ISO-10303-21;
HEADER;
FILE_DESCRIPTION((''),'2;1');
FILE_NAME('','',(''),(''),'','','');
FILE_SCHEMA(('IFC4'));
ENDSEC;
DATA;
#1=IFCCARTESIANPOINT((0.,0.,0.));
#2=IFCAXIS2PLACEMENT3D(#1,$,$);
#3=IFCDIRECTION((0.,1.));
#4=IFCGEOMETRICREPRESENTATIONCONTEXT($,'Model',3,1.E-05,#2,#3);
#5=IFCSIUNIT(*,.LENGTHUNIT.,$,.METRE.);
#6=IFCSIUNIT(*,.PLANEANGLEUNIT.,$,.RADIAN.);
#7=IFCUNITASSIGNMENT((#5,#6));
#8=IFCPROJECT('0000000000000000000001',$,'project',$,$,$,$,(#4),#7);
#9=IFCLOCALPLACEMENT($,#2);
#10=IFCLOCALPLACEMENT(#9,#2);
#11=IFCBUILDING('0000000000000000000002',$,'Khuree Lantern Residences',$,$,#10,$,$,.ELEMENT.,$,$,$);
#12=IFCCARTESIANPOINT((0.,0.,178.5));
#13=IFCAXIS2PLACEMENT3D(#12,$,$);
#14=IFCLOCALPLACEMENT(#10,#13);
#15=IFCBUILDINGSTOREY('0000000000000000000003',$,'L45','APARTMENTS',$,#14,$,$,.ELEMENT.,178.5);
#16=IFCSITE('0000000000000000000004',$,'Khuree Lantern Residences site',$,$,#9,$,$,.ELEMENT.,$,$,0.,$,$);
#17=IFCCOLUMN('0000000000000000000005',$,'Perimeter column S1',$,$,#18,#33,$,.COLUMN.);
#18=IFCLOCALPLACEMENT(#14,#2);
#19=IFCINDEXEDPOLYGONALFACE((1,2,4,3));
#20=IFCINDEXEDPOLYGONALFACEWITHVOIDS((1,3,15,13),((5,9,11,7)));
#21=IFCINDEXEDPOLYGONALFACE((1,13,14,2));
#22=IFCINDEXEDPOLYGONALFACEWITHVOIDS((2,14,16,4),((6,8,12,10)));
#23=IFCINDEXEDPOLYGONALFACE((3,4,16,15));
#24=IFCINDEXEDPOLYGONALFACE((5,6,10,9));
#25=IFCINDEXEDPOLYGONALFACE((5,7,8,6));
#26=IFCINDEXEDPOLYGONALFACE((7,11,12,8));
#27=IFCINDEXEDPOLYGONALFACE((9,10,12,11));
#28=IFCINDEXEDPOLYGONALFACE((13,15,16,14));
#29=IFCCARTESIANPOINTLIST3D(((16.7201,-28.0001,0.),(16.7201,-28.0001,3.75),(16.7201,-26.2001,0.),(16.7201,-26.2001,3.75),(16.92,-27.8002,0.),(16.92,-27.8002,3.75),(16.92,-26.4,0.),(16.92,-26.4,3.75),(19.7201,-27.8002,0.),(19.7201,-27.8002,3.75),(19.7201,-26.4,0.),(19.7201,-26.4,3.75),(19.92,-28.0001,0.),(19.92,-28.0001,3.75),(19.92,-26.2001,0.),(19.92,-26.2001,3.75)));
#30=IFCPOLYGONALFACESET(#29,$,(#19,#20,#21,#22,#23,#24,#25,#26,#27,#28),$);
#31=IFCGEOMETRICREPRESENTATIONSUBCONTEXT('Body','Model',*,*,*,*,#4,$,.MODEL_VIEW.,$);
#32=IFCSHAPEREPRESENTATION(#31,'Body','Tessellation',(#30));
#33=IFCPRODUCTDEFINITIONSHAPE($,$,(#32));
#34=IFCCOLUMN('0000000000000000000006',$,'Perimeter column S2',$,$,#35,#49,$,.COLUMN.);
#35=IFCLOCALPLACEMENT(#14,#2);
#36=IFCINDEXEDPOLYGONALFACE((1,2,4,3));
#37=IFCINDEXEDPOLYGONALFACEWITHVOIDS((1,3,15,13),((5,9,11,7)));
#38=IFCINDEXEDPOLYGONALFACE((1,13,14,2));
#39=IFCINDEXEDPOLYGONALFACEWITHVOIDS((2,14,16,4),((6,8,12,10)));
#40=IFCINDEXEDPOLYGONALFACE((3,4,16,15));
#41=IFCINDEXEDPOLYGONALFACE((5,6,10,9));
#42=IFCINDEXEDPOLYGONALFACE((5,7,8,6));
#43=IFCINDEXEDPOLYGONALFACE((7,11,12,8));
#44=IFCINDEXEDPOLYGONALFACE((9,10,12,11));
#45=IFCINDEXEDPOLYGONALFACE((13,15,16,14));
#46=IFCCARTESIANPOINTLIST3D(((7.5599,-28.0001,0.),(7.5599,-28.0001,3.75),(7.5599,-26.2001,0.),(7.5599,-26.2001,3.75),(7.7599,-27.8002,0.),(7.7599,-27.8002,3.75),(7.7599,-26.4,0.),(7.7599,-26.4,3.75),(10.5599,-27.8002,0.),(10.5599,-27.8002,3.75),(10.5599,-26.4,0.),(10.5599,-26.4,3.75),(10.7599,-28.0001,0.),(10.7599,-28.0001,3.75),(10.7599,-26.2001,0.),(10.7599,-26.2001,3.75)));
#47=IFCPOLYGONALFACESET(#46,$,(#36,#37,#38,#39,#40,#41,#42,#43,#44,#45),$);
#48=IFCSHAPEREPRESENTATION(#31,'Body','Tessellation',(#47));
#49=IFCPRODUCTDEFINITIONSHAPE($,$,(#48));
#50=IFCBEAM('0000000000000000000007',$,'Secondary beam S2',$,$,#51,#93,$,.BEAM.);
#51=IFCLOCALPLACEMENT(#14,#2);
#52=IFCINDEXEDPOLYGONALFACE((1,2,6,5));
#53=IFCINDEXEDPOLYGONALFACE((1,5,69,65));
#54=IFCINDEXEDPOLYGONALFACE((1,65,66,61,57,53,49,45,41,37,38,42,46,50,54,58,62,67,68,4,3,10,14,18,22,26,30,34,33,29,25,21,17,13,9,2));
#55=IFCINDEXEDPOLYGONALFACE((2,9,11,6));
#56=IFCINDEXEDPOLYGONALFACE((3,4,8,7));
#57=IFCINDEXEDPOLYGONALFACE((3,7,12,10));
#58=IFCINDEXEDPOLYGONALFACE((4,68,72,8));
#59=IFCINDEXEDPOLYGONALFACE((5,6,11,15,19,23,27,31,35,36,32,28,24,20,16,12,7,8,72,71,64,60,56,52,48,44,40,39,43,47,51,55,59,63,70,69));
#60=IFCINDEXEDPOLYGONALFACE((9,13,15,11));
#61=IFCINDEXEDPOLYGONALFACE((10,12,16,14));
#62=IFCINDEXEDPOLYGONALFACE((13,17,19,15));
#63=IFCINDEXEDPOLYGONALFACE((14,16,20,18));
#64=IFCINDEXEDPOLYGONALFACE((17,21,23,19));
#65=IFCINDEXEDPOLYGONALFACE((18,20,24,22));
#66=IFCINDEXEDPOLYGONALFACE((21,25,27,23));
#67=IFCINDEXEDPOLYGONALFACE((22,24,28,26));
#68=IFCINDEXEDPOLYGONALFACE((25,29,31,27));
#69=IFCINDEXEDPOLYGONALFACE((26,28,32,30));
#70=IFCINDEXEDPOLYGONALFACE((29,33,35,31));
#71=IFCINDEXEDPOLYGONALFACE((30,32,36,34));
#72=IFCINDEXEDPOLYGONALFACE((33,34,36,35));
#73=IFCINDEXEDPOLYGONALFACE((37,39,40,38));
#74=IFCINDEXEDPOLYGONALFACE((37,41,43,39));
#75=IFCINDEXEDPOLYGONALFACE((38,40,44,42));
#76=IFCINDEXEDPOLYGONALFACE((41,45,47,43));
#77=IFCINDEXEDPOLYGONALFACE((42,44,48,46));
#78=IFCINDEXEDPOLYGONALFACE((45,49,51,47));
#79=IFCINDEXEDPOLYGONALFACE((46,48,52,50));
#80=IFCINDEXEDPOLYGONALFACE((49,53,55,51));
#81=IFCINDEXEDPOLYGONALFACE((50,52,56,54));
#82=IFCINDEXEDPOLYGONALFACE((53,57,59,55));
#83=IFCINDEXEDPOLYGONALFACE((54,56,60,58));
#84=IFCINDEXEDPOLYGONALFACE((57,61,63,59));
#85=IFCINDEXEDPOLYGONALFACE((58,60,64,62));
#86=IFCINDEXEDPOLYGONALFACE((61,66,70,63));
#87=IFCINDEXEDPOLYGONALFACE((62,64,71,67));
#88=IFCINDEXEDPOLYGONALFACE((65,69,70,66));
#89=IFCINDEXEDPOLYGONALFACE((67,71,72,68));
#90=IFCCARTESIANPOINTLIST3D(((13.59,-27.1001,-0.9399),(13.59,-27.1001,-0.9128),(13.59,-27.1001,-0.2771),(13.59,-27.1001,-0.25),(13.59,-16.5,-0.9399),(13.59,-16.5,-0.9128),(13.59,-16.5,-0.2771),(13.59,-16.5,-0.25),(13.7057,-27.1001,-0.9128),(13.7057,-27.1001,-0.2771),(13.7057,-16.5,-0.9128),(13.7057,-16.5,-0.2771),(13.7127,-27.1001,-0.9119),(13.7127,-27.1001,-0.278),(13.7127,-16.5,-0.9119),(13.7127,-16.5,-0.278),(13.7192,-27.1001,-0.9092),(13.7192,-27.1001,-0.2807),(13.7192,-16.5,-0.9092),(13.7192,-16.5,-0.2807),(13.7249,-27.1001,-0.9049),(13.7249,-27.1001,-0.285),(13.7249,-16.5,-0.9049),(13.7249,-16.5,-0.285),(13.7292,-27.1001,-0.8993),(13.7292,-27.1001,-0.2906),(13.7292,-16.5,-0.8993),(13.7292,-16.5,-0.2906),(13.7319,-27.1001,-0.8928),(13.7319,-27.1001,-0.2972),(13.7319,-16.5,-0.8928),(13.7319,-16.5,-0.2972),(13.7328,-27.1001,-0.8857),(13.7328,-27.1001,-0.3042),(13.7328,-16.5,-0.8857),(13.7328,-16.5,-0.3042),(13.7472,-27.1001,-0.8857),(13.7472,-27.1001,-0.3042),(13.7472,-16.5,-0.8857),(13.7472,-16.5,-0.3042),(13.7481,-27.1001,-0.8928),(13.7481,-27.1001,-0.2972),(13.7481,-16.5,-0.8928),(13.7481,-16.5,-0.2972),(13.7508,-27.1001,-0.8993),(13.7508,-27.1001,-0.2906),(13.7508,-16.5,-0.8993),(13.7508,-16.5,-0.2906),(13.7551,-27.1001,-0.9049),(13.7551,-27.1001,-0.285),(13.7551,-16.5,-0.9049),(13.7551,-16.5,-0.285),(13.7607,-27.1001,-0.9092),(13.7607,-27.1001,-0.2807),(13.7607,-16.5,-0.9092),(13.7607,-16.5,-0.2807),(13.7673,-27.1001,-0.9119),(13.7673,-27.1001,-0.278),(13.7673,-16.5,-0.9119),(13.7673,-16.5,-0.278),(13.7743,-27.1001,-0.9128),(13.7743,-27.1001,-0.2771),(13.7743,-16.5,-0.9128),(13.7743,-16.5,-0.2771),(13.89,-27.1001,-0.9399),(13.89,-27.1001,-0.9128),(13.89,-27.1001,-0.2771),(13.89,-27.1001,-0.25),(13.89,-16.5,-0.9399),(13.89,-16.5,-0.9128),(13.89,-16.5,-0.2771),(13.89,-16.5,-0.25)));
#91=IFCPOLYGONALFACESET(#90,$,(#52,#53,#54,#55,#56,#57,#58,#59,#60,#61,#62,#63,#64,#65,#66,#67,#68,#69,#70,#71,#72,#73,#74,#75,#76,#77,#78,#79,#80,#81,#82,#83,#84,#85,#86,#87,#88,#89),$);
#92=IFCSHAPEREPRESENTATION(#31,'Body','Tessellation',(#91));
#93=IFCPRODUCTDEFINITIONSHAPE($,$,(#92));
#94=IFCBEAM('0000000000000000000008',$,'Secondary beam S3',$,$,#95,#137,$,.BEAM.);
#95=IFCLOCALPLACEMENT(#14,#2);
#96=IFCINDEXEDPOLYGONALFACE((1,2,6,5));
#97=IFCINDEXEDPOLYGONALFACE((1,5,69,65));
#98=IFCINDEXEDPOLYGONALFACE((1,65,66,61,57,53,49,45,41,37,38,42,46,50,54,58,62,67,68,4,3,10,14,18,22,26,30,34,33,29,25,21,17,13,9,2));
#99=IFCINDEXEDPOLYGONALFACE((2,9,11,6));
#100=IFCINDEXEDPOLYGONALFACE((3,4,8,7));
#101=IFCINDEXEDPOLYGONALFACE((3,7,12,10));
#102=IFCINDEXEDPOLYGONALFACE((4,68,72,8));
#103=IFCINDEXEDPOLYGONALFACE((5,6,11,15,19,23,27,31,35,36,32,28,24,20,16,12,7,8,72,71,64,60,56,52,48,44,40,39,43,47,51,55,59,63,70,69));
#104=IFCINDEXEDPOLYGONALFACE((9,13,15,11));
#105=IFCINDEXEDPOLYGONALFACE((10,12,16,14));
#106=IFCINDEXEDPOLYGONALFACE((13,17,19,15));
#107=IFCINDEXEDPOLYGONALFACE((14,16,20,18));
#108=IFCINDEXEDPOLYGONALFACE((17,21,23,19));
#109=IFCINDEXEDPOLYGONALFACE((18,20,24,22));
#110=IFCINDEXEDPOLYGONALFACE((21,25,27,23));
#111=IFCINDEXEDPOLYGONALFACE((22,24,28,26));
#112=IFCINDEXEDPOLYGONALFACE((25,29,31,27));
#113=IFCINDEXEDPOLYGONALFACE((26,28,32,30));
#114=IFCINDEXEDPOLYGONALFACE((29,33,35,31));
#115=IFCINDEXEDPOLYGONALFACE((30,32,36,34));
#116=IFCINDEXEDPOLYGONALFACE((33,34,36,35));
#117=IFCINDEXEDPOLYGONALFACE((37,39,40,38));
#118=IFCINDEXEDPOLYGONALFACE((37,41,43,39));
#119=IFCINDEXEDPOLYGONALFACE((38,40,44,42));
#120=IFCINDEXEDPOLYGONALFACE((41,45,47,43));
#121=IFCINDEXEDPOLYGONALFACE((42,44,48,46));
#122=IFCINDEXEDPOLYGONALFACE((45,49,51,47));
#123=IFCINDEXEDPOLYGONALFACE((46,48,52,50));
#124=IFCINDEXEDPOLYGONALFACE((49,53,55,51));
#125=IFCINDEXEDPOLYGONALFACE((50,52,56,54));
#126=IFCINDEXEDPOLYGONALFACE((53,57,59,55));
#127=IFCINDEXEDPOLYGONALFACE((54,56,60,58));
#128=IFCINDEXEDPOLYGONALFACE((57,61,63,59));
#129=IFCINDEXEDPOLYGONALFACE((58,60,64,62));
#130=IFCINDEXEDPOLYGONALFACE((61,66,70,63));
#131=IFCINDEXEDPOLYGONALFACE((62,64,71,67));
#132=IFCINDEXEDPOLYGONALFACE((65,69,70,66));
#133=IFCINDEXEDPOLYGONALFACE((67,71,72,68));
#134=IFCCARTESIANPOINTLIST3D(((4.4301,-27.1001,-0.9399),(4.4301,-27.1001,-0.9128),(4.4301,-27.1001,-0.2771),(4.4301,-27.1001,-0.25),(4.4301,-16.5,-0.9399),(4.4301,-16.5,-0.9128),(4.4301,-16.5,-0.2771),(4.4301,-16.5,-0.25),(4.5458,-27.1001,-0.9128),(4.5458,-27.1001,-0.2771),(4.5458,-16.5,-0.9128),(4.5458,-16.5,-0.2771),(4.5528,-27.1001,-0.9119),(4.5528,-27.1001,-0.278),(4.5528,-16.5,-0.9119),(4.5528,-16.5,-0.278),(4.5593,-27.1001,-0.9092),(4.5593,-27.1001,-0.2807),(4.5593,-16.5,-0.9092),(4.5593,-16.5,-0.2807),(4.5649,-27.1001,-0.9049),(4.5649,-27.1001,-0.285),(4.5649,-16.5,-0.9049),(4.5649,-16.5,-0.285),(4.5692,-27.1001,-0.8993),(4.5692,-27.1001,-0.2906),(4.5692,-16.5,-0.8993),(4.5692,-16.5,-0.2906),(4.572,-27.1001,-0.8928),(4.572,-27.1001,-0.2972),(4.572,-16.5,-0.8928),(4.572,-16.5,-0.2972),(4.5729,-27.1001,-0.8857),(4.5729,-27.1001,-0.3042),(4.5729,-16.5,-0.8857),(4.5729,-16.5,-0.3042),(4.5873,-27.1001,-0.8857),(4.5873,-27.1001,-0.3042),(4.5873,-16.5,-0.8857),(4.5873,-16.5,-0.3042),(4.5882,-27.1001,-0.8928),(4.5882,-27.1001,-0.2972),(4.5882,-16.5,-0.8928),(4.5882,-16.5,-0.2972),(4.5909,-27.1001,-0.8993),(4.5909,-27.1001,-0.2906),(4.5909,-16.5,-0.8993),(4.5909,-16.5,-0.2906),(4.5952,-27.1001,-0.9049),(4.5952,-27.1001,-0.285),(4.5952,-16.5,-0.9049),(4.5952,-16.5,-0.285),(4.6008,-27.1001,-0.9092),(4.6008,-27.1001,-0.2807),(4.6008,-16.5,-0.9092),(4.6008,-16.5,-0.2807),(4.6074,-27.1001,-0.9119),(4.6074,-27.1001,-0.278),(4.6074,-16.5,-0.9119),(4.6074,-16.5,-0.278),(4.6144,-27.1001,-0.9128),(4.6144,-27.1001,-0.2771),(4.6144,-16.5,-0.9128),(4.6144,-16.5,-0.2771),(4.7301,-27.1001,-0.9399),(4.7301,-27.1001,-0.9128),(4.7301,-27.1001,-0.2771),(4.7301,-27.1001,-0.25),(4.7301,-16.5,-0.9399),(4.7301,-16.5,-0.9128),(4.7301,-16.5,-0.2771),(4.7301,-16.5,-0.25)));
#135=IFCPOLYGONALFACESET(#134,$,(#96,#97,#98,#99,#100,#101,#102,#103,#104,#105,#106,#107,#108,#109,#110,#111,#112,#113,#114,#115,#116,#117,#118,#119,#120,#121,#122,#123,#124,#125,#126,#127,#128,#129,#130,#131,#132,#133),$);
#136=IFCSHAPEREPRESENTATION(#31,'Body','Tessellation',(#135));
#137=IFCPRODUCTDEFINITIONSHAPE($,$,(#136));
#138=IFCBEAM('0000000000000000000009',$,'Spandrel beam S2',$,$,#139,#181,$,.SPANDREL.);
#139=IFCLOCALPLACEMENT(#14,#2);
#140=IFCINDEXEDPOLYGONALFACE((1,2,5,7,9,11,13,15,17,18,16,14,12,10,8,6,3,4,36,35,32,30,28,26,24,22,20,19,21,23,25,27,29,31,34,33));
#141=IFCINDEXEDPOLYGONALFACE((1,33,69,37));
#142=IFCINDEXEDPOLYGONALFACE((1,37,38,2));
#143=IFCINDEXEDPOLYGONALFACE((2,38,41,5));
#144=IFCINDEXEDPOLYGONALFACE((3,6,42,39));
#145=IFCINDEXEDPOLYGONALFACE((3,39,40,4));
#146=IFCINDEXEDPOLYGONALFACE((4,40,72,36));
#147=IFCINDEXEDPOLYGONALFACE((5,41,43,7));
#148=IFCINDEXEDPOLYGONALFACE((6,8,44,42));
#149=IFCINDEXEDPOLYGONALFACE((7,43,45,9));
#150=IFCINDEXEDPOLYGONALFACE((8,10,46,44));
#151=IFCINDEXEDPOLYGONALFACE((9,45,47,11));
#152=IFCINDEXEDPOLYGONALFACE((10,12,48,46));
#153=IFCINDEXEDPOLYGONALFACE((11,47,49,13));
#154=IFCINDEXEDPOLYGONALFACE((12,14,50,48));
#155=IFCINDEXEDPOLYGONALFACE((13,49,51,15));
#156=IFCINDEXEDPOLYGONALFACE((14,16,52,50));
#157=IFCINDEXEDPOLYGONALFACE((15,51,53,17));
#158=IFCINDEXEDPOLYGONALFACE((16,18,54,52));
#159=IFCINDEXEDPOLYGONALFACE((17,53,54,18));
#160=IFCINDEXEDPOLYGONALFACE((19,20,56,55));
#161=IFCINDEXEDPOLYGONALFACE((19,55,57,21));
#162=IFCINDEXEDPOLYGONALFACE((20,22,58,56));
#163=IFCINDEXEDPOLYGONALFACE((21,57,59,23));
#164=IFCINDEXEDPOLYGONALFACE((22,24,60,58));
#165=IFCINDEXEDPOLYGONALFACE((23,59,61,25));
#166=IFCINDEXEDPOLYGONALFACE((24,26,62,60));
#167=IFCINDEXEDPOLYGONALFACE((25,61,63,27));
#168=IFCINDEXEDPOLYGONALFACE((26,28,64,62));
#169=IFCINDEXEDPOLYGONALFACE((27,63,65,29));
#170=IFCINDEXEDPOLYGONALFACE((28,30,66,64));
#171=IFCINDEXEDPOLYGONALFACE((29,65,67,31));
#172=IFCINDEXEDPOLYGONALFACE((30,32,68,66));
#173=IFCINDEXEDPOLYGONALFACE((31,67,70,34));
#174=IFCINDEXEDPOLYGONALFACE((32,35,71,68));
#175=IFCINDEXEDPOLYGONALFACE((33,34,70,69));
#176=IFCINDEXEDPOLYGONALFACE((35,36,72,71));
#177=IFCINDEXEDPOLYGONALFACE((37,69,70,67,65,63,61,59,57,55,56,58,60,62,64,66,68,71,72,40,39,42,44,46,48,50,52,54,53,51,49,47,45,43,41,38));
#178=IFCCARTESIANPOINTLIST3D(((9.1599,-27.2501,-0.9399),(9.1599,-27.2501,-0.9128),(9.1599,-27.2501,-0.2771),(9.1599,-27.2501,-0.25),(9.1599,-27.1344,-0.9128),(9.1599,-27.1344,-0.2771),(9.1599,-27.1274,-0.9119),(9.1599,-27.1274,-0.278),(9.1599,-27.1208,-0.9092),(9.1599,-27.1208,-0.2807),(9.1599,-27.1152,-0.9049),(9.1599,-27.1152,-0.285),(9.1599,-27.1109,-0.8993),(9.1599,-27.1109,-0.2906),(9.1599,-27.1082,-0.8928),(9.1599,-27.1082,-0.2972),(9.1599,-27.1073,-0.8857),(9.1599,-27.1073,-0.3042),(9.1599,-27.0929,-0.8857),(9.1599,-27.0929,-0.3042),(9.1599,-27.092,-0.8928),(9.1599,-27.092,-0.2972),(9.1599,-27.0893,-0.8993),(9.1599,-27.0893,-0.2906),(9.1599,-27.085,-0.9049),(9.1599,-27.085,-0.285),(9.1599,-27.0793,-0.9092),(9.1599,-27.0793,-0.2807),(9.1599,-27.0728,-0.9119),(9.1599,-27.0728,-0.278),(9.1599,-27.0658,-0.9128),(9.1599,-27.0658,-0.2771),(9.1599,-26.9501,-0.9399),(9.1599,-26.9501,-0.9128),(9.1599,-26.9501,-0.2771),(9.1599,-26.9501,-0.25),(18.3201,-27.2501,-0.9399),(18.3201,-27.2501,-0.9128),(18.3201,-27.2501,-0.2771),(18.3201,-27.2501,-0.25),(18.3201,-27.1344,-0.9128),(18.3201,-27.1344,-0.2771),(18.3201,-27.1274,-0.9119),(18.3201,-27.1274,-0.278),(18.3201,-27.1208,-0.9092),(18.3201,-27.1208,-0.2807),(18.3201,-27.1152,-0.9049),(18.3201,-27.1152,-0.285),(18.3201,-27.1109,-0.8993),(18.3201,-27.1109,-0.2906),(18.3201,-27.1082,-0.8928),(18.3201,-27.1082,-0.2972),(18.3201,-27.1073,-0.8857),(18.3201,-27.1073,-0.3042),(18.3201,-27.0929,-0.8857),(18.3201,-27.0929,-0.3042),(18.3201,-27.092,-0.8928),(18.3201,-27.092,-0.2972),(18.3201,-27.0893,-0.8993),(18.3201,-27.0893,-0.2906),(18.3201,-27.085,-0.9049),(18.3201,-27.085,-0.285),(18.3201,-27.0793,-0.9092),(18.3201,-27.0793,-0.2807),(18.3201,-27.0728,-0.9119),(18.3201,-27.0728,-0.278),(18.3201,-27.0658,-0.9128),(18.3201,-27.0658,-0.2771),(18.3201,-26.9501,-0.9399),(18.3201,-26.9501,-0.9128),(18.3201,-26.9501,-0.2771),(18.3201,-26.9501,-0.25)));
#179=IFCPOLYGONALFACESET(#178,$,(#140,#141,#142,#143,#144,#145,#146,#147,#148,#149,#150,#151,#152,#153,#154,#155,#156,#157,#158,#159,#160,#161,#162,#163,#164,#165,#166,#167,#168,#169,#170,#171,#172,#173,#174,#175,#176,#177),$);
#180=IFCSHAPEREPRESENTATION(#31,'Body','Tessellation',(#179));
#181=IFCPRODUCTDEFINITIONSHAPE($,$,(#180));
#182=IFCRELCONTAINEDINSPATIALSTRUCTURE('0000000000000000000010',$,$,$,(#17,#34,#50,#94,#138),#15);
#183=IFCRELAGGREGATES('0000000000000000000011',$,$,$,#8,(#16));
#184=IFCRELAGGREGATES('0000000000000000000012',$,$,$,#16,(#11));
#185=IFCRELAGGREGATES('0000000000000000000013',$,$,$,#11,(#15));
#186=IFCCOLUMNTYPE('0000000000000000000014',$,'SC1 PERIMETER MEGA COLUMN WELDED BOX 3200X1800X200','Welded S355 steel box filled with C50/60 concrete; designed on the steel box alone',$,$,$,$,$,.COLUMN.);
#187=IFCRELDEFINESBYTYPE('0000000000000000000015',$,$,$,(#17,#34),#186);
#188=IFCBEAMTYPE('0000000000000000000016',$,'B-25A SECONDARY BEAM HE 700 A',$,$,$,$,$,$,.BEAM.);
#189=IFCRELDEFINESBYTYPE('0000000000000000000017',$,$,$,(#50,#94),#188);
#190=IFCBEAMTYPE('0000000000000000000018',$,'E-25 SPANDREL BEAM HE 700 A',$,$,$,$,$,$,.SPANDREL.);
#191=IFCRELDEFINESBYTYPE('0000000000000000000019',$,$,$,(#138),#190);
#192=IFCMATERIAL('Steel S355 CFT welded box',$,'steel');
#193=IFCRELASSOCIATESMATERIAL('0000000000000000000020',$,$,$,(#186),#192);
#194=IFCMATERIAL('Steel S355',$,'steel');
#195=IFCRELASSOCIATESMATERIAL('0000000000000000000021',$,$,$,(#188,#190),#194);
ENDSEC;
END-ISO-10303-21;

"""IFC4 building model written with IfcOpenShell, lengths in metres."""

from ifc_helpers import new_model, si_unit, direction, frame, origin, origin_2d, place, context, subcontext, project, spatial, hollow_rectangle, i_section, extrude, material, material_profile, profile_set, type_object, element, save


model = new_model("IFC4")

# Units and contexts
model_context = context("Model", 3, precision=1e-05, world=origin(), true_north=direction((0.0, 1.0)))
body_context = subcontext(model_context, "Body", "Model", "MODEL_VIEW")
ifc_project = project(units=[si_unit("LENGTHUNIT", "METRE"), si_unit("PLANEANGLEUNIT", "RADIAN")], contexts=[model_context])

# Site, building, storey
site_placement = place(None, origin())
site = spatial("IfcSite", under=ifc_project, at=site_placement, Name="Khuree Lantern Residences site", CompositionType="ELEMENT", RefElevation=0.0)
building_placement = place(site_placement, origin())
building = spatial("IfcBuilding", under=site, at=building_placement, Name="Khuree Lantern Residences", CompositionType="ELEMENT")
storey_placement = place(building_placement, frame((0.0, 0.0, 178.5)))
storey = spatial("IfcBuildingStorey", under=building, at=storey_placement, Name="L45", Description="APARTMENTS", CompositionType="ELEMENT", Elevation=178.5)

# Columns
ifc_material_1 = material(Name="Steel S355 CFT welded box", Category="steel")
ifc_material_profile_1 = material_profile(ifc_material_1, hollow_rectangle(XDim=3.2, YDim=1.8, WallThickness=0.2, at=origin_2d()), Name="WELDED BOX 3200X1800X200")
ifc_profile_set_1 = profile_set([ifc_material_profile_1], Name="Steel S355 CFT welded box")
column_type = type_object("IfcColumnType", Name="SC1 PERIMETER MEGA COLUMN WELDED BOX 3200X1800X200", Description="Welded S355 steel box filled with C50/60 concrete; designed on the steel box alone", PredefinedType="COLUMN", material=ifc_profile_set_1)
for number, where, z_axis, x_axis, name in (
    (1, (18.3201, -27.1001, 0.0), (0.0, 0.0, 1.0), (1.0, 0.0, 0.0), "Perimeter column S1"),
    (2, (9.1599, -27.1001, 0.0), (0.0, 0.0, 1.0), (1.0, 0.0, 0.0), "Perimeter column S2"),
):
    element("IfcColumn", number, at=place(storey_placement, frame(where, z_axis=z_axis, x_axis=x_axis)), inside=storey, type_object=column_type, Name=name, PredefinedType="COLUMN", context=body_context, shape_type="SweptSolid", body=[
        extrude(hollow_rectangle(XDim=3.2, YDim=1.8, WallThickness=0.2, at=origin_2d()), origin(), (0.0, 0.0, 1.0), 3.75),
    ])

# Beams
ifc_material_2 = material(Name="Steel S355", Category="steel")
ifc_material_profile_2 = material_profile(ifc_material_2, i_section(OverallWidth=0.3, OverallDepth=0.6899, WebThickness=0.0144, FlangeThickness=0.0271, FilletRadius=0.0271, at=origin_2d()), Name="HE 700 A")
ifc_profile_set_2 = profile_set([ifc_material_profile_2], Name="Steel S355")
beam_type_1 = type_object("IfcBeamType", Name="B-25A SECONDARY BEAM HE 700 A", PredefinedType="BEAM", material=ifc_profile_set_2)
for number, where, z_axis, x_axis, name in (
    (3, (13.74, -27.1001, -0.595), (0.0, 1.0, 0.0), (-1.0, 0.0, 0.0), "Secondary beam S2"),
    (4, (4.5801, -27.1001, -0.595), (0.0, 1.0, 0.0), (-1.0, 0.0, 0.0), "Secondary beam S3"),
):
    element("IfcBeam", number, at=place(storey_placement, frame(where, z_axis=z_axis, x_axis=x_axis)), inside=storey, type_object=beam_type_1, Name=name, PredefinedType="BEAM", context=body_context, shape_type="SweptSolid", body=[
        extrude(i_section(OverallWidth=0.3, OverallDepth=0.6899, WebThickness=0.0144, FlangeThickness=0.0271, FilletRadius=0.0271, at=origin_2d()), origin(), (0.0, 0.0, 1.0), 10.6001),
    ])
ifc_material_profile_3 = material_profile(ifc_material_2, i_section(OverallWidth=0.3, OverallDepth=0.6899, WebThickness=0.0144, FlangeThickness=0.0271, FilletRadius=0.0271, at=origin_2d()), Name="HE 700 A")
ifc_profile_set_3 = profile_set([ifc_material_profile_3], Name="Steel S355")
beam_type_2 = type_object("IfcBeamType", Name="E-25 SPANDREL BEAM HE 700 A", PredefinedType="SPANDREL", material=ifc_profile_set_3)
beam_1_placement = place(storey_placement, frame((18.3201, -27.1001, -0.595), z_axis=(-1.0, 0.0, 0.0), x_axis=(0.0, -1.0, 0.0)))
element("IfcBeam", 5, at=beam_1_placement, inside=storey, type_object=beam_type_2, Name="Spandrel beam S2", PredefinedType="SPANDREL", context=body_context, shape_type="SweptSolid", body=[
    extrude(i_section(OverallWidth=0.3, OverallDepth=0.6899, WebThickness=0.0144, FlangeThickness=0.0271, FilletRadius=0.0271, at=origin_2d()), origin(), (0.0, 0.0, 1.0), 9.1602),
])

save(model, "model.ifc")
